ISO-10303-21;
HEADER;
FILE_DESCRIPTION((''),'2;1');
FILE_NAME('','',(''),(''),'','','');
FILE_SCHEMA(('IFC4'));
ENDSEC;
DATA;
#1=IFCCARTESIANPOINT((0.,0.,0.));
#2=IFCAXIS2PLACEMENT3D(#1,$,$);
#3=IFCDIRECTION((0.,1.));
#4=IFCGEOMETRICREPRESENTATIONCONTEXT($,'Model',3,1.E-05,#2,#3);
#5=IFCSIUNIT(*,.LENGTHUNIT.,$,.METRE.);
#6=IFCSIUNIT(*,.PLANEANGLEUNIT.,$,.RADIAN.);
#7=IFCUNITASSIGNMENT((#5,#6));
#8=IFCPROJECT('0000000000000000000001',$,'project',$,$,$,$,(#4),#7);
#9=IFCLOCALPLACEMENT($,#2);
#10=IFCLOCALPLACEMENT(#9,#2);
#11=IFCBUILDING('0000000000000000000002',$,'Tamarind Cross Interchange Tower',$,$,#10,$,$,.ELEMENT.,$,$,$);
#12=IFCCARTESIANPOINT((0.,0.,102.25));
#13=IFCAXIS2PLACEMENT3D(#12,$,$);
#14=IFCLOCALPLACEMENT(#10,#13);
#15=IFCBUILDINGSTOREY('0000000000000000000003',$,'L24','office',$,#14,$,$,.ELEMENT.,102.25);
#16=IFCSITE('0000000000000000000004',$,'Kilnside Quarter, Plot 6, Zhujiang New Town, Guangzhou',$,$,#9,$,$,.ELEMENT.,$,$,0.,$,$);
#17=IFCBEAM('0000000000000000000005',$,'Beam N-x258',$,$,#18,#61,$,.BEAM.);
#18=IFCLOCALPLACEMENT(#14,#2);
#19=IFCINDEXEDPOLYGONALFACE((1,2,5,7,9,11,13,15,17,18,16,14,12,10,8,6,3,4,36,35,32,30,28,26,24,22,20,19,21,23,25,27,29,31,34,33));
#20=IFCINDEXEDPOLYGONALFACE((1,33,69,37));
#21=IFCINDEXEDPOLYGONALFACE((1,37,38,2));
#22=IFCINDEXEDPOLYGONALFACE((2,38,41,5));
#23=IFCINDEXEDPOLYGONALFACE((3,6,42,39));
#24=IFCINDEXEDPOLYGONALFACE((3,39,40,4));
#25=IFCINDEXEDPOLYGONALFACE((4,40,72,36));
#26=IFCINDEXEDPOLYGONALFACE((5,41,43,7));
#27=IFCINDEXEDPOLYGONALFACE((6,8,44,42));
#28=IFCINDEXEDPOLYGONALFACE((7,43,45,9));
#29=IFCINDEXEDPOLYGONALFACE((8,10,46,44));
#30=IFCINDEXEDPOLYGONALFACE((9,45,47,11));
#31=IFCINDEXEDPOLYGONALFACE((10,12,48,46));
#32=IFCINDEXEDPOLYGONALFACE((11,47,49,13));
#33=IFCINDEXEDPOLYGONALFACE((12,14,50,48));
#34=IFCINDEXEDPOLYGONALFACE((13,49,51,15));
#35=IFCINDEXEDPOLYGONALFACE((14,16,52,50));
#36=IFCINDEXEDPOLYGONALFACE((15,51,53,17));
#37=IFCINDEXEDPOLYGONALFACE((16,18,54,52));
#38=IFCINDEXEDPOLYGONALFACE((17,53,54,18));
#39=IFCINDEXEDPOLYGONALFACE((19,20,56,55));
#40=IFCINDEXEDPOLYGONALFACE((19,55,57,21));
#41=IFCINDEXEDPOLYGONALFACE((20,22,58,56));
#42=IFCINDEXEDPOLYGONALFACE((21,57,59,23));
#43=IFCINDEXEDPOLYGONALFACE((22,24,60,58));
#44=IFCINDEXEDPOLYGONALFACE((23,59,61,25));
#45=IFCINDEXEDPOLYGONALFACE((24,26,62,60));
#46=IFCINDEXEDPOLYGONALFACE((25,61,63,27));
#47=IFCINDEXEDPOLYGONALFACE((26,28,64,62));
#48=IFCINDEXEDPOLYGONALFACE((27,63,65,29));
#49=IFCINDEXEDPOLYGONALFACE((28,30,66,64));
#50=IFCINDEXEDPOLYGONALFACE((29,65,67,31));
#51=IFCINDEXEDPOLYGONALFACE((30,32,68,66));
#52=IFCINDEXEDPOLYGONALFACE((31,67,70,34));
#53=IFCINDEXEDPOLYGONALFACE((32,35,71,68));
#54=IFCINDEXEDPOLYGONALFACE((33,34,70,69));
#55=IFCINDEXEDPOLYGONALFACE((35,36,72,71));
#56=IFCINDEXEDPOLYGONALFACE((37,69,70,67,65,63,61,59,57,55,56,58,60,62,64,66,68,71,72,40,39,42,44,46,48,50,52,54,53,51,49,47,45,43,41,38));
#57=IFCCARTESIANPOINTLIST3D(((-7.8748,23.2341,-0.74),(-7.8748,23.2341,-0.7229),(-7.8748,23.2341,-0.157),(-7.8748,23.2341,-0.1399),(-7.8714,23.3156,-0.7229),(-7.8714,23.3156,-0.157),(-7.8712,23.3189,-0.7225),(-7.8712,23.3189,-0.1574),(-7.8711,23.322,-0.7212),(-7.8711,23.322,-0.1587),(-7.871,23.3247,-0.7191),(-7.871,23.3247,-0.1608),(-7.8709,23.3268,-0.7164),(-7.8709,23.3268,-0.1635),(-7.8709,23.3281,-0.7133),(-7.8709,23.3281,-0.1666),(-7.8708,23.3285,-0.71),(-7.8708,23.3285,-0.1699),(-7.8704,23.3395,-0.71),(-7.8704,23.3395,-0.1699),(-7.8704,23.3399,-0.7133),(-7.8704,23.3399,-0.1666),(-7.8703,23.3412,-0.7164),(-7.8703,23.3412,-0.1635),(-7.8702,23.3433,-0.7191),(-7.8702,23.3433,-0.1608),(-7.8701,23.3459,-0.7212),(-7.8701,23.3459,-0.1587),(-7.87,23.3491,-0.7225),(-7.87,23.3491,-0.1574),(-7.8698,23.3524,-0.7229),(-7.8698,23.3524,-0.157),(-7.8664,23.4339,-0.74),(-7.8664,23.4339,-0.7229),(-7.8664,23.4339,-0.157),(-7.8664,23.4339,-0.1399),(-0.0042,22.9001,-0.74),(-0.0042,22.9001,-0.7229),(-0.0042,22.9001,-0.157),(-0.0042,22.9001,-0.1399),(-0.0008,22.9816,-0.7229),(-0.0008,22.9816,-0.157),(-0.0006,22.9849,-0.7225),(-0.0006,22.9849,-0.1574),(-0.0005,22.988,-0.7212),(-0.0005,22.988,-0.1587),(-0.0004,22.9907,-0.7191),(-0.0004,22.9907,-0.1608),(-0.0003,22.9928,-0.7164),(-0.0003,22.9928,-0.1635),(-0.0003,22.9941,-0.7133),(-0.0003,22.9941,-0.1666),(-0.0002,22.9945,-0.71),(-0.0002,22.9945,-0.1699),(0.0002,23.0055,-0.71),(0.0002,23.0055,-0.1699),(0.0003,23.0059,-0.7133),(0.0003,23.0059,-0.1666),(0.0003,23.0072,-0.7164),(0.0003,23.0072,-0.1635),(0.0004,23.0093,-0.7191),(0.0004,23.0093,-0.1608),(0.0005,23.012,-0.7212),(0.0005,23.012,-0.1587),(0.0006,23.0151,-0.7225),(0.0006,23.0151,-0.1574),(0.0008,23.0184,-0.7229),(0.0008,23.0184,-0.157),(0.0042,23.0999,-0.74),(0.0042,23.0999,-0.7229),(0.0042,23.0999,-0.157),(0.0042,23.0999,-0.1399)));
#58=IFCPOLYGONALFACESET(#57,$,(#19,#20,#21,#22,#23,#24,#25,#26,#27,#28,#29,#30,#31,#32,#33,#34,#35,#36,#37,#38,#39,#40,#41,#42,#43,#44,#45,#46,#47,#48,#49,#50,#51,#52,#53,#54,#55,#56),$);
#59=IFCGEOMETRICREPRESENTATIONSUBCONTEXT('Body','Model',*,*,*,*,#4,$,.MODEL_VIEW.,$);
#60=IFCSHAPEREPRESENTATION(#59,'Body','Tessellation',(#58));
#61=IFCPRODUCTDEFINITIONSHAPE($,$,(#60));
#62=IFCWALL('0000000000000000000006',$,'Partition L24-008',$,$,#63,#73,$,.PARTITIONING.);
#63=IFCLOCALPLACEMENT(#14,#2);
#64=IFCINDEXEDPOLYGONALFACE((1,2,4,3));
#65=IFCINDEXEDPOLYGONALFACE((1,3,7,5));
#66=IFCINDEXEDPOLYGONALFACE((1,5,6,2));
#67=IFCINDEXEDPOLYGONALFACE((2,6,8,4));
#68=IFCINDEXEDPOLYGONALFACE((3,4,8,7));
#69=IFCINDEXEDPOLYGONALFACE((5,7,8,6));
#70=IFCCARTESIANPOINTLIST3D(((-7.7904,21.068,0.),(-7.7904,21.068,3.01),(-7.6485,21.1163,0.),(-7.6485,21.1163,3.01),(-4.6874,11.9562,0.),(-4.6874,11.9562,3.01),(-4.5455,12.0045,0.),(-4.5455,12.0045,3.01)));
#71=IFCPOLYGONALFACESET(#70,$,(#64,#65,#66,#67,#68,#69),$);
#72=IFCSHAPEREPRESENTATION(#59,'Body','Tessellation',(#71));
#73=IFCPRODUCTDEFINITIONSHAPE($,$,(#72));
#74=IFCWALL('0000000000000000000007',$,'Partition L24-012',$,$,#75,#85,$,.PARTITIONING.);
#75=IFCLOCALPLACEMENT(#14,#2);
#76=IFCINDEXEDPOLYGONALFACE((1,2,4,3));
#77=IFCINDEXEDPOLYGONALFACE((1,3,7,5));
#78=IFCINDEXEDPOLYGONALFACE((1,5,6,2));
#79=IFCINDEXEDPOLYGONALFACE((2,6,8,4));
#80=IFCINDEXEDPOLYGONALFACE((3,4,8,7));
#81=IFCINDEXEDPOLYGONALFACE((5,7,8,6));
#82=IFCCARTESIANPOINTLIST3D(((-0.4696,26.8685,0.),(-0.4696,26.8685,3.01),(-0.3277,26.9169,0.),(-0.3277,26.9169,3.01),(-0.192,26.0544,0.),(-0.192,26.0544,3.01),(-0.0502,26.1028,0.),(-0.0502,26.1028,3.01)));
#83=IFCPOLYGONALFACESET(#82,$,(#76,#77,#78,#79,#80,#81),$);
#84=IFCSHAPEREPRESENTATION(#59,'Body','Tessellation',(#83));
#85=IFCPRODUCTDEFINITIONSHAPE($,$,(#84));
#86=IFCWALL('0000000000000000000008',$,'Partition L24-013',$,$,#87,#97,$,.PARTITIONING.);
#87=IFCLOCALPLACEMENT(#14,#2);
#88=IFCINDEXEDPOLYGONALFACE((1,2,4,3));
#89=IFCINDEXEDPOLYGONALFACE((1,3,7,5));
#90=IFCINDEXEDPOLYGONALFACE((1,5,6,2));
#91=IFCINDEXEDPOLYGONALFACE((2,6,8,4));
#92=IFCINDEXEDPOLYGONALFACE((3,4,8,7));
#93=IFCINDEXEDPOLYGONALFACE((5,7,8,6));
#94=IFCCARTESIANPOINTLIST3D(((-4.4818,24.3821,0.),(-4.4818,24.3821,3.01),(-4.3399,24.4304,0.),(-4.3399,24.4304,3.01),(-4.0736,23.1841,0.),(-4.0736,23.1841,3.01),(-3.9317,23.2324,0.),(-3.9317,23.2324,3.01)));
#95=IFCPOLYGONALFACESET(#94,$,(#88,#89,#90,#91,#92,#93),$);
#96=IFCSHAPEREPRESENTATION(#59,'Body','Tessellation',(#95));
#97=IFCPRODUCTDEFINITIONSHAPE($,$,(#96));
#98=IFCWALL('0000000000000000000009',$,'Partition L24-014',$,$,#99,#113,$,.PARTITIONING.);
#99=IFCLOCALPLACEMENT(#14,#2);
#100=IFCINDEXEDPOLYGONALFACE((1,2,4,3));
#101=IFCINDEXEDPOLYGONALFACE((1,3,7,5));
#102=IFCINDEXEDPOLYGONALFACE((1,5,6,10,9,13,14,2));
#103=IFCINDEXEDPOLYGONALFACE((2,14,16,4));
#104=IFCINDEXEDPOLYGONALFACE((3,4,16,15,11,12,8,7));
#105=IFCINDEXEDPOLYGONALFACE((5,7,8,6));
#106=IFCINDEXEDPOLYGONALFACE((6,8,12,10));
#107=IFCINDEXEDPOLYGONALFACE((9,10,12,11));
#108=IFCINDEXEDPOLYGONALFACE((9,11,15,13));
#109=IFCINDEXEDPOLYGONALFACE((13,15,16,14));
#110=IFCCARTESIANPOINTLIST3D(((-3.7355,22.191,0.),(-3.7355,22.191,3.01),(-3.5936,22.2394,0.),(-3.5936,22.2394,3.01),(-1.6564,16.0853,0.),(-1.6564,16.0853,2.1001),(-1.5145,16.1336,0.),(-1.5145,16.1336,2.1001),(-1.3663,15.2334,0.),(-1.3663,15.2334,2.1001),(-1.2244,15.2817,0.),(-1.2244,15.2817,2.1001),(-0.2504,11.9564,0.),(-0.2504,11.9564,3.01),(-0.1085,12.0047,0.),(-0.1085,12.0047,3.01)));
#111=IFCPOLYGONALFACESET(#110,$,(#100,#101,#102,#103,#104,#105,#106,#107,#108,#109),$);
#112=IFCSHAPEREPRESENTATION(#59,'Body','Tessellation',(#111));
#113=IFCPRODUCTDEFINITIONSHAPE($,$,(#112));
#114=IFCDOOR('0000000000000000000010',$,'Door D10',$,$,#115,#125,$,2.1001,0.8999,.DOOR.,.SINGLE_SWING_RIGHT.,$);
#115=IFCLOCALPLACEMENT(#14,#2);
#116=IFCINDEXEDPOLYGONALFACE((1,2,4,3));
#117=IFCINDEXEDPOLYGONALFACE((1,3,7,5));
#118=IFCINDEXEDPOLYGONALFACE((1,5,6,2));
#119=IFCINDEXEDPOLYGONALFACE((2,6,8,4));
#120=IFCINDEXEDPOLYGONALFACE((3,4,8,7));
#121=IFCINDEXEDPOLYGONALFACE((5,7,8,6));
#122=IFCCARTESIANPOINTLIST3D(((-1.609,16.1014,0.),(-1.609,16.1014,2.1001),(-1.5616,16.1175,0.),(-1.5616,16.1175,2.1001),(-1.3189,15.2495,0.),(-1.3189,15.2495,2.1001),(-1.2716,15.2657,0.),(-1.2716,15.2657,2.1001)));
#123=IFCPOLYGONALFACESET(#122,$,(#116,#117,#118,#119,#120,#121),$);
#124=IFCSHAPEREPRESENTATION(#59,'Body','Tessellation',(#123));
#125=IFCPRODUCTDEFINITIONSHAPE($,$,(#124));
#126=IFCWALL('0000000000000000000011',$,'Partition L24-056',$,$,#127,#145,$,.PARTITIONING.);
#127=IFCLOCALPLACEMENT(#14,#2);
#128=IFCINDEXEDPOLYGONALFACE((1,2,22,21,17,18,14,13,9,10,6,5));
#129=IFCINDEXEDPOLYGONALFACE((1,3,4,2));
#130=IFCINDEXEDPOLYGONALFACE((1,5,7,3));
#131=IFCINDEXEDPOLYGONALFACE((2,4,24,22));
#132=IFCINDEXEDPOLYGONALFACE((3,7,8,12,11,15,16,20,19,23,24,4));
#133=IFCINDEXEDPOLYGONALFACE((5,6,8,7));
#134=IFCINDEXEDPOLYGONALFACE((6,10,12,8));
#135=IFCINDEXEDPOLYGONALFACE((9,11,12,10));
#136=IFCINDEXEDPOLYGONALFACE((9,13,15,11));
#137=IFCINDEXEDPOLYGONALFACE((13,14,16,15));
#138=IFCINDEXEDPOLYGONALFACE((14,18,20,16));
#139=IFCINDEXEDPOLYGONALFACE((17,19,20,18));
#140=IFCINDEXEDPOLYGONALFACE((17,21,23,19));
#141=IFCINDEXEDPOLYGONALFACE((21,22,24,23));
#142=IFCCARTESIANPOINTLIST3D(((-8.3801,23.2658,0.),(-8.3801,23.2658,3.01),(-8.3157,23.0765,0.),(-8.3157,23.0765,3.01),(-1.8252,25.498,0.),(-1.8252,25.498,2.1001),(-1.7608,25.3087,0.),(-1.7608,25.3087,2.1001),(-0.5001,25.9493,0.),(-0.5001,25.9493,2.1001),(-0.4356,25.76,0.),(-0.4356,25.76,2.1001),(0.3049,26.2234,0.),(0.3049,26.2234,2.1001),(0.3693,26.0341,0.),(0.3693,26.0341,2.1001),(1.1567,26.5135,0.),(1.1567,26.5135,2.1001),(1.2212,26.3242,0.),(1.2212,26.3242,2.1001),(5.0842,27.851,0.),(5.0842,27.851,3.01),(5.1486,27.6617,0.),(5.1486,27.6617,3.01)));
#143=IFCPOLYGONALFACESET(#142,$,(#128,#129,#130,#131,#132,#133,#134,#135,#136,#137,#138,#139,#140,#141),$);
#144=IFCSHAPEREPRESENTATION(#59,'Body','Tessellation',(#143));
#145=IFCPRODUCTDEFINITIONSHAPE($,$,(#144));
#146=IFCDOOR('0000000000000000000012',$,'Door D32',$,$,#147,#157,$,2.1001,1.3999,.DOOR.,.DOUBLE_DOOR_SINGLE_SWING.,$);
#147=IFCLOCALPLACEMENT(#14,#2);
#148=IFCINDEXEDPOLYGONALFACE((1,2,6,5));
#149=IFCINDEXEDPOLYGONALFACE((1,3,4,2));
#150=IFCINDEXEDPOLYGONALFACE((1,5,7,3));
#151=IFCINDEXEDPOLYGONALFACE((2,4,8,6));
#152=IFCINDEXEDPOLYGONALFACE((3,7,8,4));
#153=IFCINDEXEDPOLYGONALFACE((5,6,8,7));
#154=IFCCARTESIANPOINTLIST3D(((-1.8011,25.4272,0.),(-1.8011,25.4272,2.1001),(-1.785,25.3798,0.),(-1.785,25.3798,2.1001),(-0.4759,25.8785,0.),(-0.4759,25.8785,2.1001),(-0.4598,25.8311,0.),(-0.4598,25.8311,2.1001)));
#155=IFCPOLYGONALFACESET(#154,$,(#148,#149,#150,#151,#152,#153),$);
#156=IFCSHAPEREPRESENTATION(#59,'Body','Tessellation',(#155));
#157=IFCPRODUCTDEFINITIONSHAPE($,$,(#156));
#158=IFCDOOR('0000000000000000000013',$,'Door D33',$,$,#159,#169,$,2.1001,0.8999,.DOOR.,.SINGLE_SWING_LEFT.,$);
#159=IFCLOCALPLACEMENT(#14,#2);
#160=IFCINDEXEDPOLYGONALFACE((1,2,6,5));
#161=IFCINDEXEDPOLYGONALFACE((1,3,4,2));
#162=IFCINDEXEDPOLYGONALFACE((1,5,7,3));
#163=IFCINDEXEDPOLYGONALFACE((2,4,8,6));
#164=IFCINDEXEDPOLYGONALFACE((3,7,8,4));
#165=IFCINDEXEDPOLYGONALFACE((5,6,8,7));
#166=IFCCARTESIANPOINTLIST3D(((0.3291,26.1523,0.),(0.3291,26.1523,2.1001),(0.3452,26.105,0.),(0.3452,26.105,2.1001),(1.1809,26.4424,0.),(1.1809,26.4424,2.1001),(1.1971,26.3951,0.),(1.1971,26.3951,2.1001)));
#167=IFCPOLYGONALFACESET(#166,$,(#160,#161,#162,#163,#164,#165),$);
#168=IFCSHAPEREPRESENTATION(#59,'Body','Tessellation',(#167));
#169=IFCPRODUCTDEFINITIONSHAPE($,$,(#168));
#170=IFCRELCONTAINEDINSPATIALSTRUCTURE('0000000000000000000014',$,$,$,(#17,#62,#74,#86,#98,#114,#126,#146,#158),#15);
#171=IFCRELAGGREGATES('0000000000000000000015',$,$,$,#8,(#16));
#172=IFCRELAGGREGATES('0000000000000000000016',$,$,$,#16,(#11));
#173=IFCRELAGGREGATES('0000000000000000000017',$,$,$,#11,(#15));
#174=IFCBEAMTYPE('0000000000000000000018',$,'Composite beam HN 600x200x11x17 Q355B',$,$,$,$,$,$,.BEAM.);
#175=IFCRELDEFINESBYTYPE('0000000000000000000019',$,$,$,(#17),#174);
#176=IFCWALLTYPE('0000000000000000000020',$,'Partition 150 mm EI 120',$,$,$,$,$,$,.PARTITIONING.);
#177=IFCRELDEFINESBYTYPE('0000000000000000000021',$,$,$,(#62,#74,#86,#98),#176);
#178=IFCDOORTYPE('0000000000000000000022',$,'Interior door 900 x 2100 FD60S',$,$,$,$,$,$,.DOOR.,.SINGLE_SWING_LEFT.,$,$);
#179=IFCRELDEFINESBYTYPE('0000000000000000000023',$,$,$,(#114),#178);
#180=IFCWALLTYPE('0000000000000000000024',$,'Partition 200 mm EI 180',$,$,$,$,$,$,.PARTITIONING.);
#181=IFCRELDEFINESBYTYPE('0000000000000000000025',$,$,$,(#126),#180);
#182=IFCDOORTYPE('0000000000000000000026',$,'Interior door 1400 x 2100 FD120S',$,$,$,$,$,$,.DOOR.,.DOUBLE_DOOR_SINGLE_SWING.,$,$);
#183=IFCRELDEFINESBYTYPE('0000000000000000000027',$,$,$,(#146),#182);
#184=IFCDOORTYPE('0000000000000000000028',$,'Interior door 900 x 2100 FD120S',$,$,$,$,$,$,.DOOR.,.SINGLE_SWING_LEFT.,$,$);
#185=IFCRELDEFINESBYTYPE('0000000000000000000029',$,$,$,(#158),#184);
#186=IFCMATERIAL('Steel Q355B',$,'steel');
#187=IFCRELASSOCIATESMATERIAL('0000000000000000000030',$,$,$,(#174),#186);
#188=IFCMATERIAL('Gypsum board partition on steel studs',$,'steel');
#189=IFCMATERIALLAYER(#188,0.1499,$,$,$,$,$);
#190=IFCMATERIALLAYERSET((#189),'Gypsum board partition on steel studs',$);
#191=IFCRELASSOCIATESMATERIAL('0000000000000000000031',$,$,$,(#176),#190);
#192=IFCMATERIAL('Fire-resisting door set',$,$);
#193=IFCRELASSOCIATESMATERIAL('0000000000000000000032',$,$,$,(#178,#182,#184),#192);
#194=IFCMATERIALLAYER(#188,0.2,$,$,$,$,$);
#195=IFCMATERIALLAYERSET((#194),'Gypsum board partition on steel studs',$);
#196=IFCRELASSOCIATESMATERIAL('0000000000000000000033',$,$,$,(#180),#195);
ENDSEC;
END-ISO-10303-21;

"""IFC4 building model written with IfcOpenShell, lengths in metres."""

from ifc_helpers import new_model, si_unit, direction, frame, frame_2d, origin, origin_2d, place, context, subcontext, project, spatial, rectangle, i_section, extrude, material, layer, layer_set, material_profile, profile_set, type_object, element, fill, save


model = new_model("IFC4")

# Units and contexts
model_context = context("Model", 3, precision=1e-05, world=origin(), true_north=direction((0.0, 1.0)))
body_context = subcontext(model_context, "Body", "Model", "MODEL_VIEW")
ifc_project = project(units=[si_unit("LENGTHUNIT", "METRE"), si_unit("PLANEANGLEUNIT", "RADIAN")], contexts=[model_context])

# Site, building, storey
site_placement = place(None, origin())
site = spatial("IfcSite", under=ifc_project, at=site_placement, Name="Kilnside Quarter, Plot 6, Zhujiang New Town, Guangzhou", CompositionType="ELEMENT", RefElevation=0.0)
building_placement = place(site_placement, origin())
building = spatial("IfcBuilding", under=site, at=building_placement, Name="Tamarind Cross Interchange Tower", CompositionType="ELEMENT")
storey_placement = place(building_placement, frame((0.0, 0.0, 102.25)))
storey = spatial("IfcBuildingStorey", under=building, at=storey_placement, Name="L24", Description="office", CompositionType="ELEMENT", Elevation=102.25)

# Beam
ifc_material_1 = material(Name="Steel Q355B", Category="steel")
ifc_material_profile_1 = material_profile(ifc_material_1, i_section(OverallWidth=0.2, OverallDepth=0.6001, WebThickness=0.011, FlangeThickness=0.0171, FilletRadius=0.0129, at=origin_2d()), Name="HN 600x200x11x17")
ifc_profile_set_1 = profile_set([ifc_material_profile_1], Name="Steel Q355B")
beam_type_1 = type_object("IfcBeamType", Name="Composite beam HN 600x200x11x17 Q355B", PredefinedType="BEAM", material=ifc_profile_set_1)
beam_1_placement = place(storey_placement, frame((0.0, 23.0, -0.4399), z_axis=(-0.999101, 0.042396, 0.0), x_axis=(-0.042396, -0.999101, 0.0)))
element("IfcBeam", 1, at=beam_1_placement, inside=storey, type_object=beam_type_1, Name="Beam N-x258", PredefinedType="BEAM", context=body_context, shape_type="SweptSolid", body=[
    extrude(i_section(OverallWidth=0.2, OverallDepth=0.6001, WebThickness=0.011, FlangeThickness=0.0171, FilletRadius=0.0129, at=origin_2d()), origin(), (0.0, 0.0, 1.0), 7.8777),
])

# Walls
ifc_material_2 = material(Name="Gypsum board partition on steel studs", Category="steel")
ifc_layer_1 = layer(ifc_material_2, 0.1499)
ifc_layer_set_1 = layer_set([ifc_layer_1], Name="Gypsum board partition on steel studs")
wall_type_1 = type_object("IfcWallType", Name="Partition 150 mm EI 120", PredefinedType="PARTITIONING", material=ifc_layer_set_1)
wall_1_placement = place(storey_placement, frame((-7.7195, 21.0923, 0.0), z_axis=(0.0, 0.0, 1.0), x_axis=(0.322369, -0.946614, 0.0)))
element("IfcWall", 2, at=wall_1_placement, inside=storey, type_object=wall_type_1, Name="Partition L24-008", PredefinedType="PARTITIONING", context=body_context, shape_type="SweptSolid", body=[
    extrude(rectangle(XDim=9.6257, YDim=0.1499, at=frame_2d((4.813, 0.0))), origin(), (0.0, 0.0, 1.0), 3.01),
])
wall_2_placement = place(storey_placement, frame((-0.3987, 26.8928, 0.0), z_axis=(0.0, 0.0, 1.0), x_axis=(0.322691, -0.946504, 0.0)))
element("IfcWall", 3, at=wall_2_placement, inside=storey, type_object=wall_type_1, Name="Partition L24-012", PredefinedType="PARTITIONING", context=body_context, shape_type="SweptSolid", body=[
    extrude(rectangle(XDim=0.8601, YDim=0.1499, at=frame_2d((0.4302, 0.0))), origin(), (0.0, 0.0, 1.0), 3.01),
])
wall_3_placement = place(storey_placement, frame((-4.4109, 24.4062, 0.0), z_axis=(0.0, 0.0, 1.0), x_axis=(0.322529, -0.94656, 0.0)))
element("IfcWall", 4, at=wall_3_placement, inside=storey, type_object=wall_type_1, Name="Partition L24-013", PredefinedType="PARTITIONING", context=body_context, shape_type="SweptSolid", body=[
    extrude(rectangle(XDim=1.2656, YDim=0.1499, at=frame_2d((0.6328, 0.0))), origin(), (0.0, 0.0, 1.0), 3.01),
])

# Wall, opening, door
wall_4_placement = place(storey_placement, frame((-3.6646, 22.2151, 0.0), z_axis=(0.0, 0.0, 1.0), x_axis=(0.322345, -0.946622, 0.0)))
wall_4 = element("IfcWall", 5, at=wall_4_placement, inside=storey, type_object=wall_type_1, Name="Partition L24-014", PredefinedType="PARTITIONING", context=body_context, shape_type="SweptSolid", body=[
    extrude(rectangle(XDim=10.8118, YDim=0.1499, at=frame_2d((5.4058, 0.0))), origin(), (0.0, 0.0, 1.0), 3.01),
])
opening_1_placement = place(wall_4_placement, frame((6.45, 0.0, 0.0)))
opening_1 = element("IfcOpeningElement", 6, at=opening_1_placement, cuts=wall_4, PredefinedType="OPENING", context=body_context, shape_type="SweptSolid", body=[
    extrude(rectangle(XDim=0.8999, YDim=2.1001, at=frame_2d((0.45, 1.05))), frame((0.0, 0.085, 0.0), z_axis=(0.0, -1.0, 0.0), x_axis=(1.0, 0.0, 0.0)), (0.0, 0.0, 1.0), 0.1699),
])
ifc_material_3 = material(Name="Fire-resisting door set")
door_type_1 = type_object("IfcDoorType", Name="Interior door 900 x 2100 FD60S", OperationType="SINGLE_SWING_LEFT", PredefinedType="DOOR", material=ifc_material_3)
door_1_placement = place(opening_1_placement, frame((0.8999, 0.0, 0.0), z_axis=(0.0, 0.0, 1.0), x_axis=(-1.0, 0.0, 0.0)))
door_1 = element("IfcDoor", 7, at=door_1_placement, inside=storey, type_object=door_type_1, Name="Door D10", OperationType="SINGLE_SWING_RIGHT", OverallHeight=2.1001, OverallWidth=0.8999, PredefinedType="DOOR", context=body_context, shape_type="SweptSolid", body=[
    extrude(rectangle(XDim=0.8999, YDim=2.1001, at=frame_2d((0.45, 1.05))), frame((0.0, 0.0249, 0.0), z_axis=(0.0, -1.0, 0.0), x_axis=(1.0, 0.0, 0.0)), (0.0, 0.0, 1.0), 0.05),
])
fill(opening_1, door_1)

# Wall, openings, doors
ifc_layer_2 = layer(ifc_material_2, 0.2)
ifc_layer_set_2 = layer_set([ifc_layer_2], Name="Gypsum board partition on steel studs")
wall_type_2 = type_object("IfcWallType", Name="Partition 200 mm EI 180", PredefinedType="PARTITIONING", material=ifc_layer_set_2)
wall_5_placement = place(storey_placement, frame((-8.3479, 23.1711, 0.0), z_axis=(0.0, 0.0, 1.0), x_axis=(0.946616, 0.322364, 0.0)))
wall_5 = element("IfcWall", 8, at=wall_5_placement, inside=storey, type_object=wall_type_2, Name="Partition L24-056", PredefinedType="PARTITIONING", context=body_context, shape_type="SweptSolid", body=[
    extrude(rectangle(XDim=14.2236, YDim=0.2, at=frame_2d((7.1118, 0.0))), origin(), (0.0, 0.0, 1.0), 3.01),
])
opening_2_placement = place(wall_5_placement, frame((6.9246, 0.0, 0.0)))
opening_2 = element("IfcOpeningElement", 9, at=opening_2_placement, cuts=wall_5, PredefinedType="OPENING", context=body_context, shape_type="SweptSolid", body=[
    extrude(rectangle(XDim=1.3999, YDim=2.1001, at=frame_2d((0.7, 1.05))), frame((0.0, 0.1099, 0.0), z_axis=(0.0, -1.0, 0.0), x_axis=(1.0, 0.0, 0.0)), (0.0, 0.0, 1.0), 0.22),
])
opening_3_placement = place(wall_5_placement, frame((9.1748, 0.0, 0.0)))
opening_3 = element("IfcOpeningElement", 10, at=opening_3_placement, cuts=wall_5, PredefinedType="OPENING", context=body_context, shape_type="SweptSolid", body=[
    extrude(rectangle(XDim=0.8999, YDim=2.1001, at=frame_2d((0.45, 1.05))), frame((0.0, 0.1099, 0.0), z_axis=(0.0, -1.0, 0.0), x_axis=(1.0, 0.0, 0.0)), (0.0, 0.0, 1.0), 0.22),
])
door_type_2 = type_object("IfcDoorType", Name="Interior door 1400 x 2100 FD120S", OperationType="DOUBLE_DOOR_SINGLE_SWING", PredefinedType="DOOR", material=ifc_material_3)
door_2_placement = place(opening_2_placement, frame((1.3999, 0.0, 0.0), z_axis=(0.0, 0.0, 1.0), x_axis=(-1.0, 0.0, 0.0)))
door_2 = element("IfcDoor", 11, at=door_2_placement, inside=storey, type_object=door_type_2, Name="Door D32", OperationType="DOUBLE_DOOR_SINGLE_SWING", OverallHeight=2.1001, OverallWidth=1.3999, PredefinedType="DOOR", context=body_context, shape_type="SweptSolid", body=[
    extrude(rectangle(XDim=1.3999, YDim=2.1001, at=frame_2d((0.7, 1.05))), frame((0.0, 0.0249, 0.0), z_axis=(0.0, -1.0, 0.0), x_axis=(1.0, 0.0, 0.0)), (0.0, 0.0, 1.0), 0.05),
])
fill(opening_2, door_2)
door_type_3 = type_object("IfcDoorType", Name="Interior door 900 x 2100 FD120S", OperationType="SINGLE_SWING_LEFT", PredefinedType="DOOR", material=ifc_material_3)
door_3_placement = place(opening_3_placement, origin())
door_3 = element("IfcDoor", 12, at=door_3_placement, inside=storey, type_object=door_type_3, Name="Door D33", OperationType="SINGLE_SWING_LEFT", OverallHeight=2.1001, OverallWidth=0.8999, PredefinedType="DOOR", context=body_context, shape_type="SweptSolid", body=[
    extrude(rectangle(XDim=0.8999, YDim=2.1001, at=frame_2d((0.45, 1.05))), frame((0.0, 0.0249, 0.0), z_axis=(0.0, -1.0, 0.0), x_axis=(1.0, 0.0, 0.0)), (0.0, 0.0, 1.0), 0.05),
])
fill(opening_3, door_3)

save(model, "model.ifc")
